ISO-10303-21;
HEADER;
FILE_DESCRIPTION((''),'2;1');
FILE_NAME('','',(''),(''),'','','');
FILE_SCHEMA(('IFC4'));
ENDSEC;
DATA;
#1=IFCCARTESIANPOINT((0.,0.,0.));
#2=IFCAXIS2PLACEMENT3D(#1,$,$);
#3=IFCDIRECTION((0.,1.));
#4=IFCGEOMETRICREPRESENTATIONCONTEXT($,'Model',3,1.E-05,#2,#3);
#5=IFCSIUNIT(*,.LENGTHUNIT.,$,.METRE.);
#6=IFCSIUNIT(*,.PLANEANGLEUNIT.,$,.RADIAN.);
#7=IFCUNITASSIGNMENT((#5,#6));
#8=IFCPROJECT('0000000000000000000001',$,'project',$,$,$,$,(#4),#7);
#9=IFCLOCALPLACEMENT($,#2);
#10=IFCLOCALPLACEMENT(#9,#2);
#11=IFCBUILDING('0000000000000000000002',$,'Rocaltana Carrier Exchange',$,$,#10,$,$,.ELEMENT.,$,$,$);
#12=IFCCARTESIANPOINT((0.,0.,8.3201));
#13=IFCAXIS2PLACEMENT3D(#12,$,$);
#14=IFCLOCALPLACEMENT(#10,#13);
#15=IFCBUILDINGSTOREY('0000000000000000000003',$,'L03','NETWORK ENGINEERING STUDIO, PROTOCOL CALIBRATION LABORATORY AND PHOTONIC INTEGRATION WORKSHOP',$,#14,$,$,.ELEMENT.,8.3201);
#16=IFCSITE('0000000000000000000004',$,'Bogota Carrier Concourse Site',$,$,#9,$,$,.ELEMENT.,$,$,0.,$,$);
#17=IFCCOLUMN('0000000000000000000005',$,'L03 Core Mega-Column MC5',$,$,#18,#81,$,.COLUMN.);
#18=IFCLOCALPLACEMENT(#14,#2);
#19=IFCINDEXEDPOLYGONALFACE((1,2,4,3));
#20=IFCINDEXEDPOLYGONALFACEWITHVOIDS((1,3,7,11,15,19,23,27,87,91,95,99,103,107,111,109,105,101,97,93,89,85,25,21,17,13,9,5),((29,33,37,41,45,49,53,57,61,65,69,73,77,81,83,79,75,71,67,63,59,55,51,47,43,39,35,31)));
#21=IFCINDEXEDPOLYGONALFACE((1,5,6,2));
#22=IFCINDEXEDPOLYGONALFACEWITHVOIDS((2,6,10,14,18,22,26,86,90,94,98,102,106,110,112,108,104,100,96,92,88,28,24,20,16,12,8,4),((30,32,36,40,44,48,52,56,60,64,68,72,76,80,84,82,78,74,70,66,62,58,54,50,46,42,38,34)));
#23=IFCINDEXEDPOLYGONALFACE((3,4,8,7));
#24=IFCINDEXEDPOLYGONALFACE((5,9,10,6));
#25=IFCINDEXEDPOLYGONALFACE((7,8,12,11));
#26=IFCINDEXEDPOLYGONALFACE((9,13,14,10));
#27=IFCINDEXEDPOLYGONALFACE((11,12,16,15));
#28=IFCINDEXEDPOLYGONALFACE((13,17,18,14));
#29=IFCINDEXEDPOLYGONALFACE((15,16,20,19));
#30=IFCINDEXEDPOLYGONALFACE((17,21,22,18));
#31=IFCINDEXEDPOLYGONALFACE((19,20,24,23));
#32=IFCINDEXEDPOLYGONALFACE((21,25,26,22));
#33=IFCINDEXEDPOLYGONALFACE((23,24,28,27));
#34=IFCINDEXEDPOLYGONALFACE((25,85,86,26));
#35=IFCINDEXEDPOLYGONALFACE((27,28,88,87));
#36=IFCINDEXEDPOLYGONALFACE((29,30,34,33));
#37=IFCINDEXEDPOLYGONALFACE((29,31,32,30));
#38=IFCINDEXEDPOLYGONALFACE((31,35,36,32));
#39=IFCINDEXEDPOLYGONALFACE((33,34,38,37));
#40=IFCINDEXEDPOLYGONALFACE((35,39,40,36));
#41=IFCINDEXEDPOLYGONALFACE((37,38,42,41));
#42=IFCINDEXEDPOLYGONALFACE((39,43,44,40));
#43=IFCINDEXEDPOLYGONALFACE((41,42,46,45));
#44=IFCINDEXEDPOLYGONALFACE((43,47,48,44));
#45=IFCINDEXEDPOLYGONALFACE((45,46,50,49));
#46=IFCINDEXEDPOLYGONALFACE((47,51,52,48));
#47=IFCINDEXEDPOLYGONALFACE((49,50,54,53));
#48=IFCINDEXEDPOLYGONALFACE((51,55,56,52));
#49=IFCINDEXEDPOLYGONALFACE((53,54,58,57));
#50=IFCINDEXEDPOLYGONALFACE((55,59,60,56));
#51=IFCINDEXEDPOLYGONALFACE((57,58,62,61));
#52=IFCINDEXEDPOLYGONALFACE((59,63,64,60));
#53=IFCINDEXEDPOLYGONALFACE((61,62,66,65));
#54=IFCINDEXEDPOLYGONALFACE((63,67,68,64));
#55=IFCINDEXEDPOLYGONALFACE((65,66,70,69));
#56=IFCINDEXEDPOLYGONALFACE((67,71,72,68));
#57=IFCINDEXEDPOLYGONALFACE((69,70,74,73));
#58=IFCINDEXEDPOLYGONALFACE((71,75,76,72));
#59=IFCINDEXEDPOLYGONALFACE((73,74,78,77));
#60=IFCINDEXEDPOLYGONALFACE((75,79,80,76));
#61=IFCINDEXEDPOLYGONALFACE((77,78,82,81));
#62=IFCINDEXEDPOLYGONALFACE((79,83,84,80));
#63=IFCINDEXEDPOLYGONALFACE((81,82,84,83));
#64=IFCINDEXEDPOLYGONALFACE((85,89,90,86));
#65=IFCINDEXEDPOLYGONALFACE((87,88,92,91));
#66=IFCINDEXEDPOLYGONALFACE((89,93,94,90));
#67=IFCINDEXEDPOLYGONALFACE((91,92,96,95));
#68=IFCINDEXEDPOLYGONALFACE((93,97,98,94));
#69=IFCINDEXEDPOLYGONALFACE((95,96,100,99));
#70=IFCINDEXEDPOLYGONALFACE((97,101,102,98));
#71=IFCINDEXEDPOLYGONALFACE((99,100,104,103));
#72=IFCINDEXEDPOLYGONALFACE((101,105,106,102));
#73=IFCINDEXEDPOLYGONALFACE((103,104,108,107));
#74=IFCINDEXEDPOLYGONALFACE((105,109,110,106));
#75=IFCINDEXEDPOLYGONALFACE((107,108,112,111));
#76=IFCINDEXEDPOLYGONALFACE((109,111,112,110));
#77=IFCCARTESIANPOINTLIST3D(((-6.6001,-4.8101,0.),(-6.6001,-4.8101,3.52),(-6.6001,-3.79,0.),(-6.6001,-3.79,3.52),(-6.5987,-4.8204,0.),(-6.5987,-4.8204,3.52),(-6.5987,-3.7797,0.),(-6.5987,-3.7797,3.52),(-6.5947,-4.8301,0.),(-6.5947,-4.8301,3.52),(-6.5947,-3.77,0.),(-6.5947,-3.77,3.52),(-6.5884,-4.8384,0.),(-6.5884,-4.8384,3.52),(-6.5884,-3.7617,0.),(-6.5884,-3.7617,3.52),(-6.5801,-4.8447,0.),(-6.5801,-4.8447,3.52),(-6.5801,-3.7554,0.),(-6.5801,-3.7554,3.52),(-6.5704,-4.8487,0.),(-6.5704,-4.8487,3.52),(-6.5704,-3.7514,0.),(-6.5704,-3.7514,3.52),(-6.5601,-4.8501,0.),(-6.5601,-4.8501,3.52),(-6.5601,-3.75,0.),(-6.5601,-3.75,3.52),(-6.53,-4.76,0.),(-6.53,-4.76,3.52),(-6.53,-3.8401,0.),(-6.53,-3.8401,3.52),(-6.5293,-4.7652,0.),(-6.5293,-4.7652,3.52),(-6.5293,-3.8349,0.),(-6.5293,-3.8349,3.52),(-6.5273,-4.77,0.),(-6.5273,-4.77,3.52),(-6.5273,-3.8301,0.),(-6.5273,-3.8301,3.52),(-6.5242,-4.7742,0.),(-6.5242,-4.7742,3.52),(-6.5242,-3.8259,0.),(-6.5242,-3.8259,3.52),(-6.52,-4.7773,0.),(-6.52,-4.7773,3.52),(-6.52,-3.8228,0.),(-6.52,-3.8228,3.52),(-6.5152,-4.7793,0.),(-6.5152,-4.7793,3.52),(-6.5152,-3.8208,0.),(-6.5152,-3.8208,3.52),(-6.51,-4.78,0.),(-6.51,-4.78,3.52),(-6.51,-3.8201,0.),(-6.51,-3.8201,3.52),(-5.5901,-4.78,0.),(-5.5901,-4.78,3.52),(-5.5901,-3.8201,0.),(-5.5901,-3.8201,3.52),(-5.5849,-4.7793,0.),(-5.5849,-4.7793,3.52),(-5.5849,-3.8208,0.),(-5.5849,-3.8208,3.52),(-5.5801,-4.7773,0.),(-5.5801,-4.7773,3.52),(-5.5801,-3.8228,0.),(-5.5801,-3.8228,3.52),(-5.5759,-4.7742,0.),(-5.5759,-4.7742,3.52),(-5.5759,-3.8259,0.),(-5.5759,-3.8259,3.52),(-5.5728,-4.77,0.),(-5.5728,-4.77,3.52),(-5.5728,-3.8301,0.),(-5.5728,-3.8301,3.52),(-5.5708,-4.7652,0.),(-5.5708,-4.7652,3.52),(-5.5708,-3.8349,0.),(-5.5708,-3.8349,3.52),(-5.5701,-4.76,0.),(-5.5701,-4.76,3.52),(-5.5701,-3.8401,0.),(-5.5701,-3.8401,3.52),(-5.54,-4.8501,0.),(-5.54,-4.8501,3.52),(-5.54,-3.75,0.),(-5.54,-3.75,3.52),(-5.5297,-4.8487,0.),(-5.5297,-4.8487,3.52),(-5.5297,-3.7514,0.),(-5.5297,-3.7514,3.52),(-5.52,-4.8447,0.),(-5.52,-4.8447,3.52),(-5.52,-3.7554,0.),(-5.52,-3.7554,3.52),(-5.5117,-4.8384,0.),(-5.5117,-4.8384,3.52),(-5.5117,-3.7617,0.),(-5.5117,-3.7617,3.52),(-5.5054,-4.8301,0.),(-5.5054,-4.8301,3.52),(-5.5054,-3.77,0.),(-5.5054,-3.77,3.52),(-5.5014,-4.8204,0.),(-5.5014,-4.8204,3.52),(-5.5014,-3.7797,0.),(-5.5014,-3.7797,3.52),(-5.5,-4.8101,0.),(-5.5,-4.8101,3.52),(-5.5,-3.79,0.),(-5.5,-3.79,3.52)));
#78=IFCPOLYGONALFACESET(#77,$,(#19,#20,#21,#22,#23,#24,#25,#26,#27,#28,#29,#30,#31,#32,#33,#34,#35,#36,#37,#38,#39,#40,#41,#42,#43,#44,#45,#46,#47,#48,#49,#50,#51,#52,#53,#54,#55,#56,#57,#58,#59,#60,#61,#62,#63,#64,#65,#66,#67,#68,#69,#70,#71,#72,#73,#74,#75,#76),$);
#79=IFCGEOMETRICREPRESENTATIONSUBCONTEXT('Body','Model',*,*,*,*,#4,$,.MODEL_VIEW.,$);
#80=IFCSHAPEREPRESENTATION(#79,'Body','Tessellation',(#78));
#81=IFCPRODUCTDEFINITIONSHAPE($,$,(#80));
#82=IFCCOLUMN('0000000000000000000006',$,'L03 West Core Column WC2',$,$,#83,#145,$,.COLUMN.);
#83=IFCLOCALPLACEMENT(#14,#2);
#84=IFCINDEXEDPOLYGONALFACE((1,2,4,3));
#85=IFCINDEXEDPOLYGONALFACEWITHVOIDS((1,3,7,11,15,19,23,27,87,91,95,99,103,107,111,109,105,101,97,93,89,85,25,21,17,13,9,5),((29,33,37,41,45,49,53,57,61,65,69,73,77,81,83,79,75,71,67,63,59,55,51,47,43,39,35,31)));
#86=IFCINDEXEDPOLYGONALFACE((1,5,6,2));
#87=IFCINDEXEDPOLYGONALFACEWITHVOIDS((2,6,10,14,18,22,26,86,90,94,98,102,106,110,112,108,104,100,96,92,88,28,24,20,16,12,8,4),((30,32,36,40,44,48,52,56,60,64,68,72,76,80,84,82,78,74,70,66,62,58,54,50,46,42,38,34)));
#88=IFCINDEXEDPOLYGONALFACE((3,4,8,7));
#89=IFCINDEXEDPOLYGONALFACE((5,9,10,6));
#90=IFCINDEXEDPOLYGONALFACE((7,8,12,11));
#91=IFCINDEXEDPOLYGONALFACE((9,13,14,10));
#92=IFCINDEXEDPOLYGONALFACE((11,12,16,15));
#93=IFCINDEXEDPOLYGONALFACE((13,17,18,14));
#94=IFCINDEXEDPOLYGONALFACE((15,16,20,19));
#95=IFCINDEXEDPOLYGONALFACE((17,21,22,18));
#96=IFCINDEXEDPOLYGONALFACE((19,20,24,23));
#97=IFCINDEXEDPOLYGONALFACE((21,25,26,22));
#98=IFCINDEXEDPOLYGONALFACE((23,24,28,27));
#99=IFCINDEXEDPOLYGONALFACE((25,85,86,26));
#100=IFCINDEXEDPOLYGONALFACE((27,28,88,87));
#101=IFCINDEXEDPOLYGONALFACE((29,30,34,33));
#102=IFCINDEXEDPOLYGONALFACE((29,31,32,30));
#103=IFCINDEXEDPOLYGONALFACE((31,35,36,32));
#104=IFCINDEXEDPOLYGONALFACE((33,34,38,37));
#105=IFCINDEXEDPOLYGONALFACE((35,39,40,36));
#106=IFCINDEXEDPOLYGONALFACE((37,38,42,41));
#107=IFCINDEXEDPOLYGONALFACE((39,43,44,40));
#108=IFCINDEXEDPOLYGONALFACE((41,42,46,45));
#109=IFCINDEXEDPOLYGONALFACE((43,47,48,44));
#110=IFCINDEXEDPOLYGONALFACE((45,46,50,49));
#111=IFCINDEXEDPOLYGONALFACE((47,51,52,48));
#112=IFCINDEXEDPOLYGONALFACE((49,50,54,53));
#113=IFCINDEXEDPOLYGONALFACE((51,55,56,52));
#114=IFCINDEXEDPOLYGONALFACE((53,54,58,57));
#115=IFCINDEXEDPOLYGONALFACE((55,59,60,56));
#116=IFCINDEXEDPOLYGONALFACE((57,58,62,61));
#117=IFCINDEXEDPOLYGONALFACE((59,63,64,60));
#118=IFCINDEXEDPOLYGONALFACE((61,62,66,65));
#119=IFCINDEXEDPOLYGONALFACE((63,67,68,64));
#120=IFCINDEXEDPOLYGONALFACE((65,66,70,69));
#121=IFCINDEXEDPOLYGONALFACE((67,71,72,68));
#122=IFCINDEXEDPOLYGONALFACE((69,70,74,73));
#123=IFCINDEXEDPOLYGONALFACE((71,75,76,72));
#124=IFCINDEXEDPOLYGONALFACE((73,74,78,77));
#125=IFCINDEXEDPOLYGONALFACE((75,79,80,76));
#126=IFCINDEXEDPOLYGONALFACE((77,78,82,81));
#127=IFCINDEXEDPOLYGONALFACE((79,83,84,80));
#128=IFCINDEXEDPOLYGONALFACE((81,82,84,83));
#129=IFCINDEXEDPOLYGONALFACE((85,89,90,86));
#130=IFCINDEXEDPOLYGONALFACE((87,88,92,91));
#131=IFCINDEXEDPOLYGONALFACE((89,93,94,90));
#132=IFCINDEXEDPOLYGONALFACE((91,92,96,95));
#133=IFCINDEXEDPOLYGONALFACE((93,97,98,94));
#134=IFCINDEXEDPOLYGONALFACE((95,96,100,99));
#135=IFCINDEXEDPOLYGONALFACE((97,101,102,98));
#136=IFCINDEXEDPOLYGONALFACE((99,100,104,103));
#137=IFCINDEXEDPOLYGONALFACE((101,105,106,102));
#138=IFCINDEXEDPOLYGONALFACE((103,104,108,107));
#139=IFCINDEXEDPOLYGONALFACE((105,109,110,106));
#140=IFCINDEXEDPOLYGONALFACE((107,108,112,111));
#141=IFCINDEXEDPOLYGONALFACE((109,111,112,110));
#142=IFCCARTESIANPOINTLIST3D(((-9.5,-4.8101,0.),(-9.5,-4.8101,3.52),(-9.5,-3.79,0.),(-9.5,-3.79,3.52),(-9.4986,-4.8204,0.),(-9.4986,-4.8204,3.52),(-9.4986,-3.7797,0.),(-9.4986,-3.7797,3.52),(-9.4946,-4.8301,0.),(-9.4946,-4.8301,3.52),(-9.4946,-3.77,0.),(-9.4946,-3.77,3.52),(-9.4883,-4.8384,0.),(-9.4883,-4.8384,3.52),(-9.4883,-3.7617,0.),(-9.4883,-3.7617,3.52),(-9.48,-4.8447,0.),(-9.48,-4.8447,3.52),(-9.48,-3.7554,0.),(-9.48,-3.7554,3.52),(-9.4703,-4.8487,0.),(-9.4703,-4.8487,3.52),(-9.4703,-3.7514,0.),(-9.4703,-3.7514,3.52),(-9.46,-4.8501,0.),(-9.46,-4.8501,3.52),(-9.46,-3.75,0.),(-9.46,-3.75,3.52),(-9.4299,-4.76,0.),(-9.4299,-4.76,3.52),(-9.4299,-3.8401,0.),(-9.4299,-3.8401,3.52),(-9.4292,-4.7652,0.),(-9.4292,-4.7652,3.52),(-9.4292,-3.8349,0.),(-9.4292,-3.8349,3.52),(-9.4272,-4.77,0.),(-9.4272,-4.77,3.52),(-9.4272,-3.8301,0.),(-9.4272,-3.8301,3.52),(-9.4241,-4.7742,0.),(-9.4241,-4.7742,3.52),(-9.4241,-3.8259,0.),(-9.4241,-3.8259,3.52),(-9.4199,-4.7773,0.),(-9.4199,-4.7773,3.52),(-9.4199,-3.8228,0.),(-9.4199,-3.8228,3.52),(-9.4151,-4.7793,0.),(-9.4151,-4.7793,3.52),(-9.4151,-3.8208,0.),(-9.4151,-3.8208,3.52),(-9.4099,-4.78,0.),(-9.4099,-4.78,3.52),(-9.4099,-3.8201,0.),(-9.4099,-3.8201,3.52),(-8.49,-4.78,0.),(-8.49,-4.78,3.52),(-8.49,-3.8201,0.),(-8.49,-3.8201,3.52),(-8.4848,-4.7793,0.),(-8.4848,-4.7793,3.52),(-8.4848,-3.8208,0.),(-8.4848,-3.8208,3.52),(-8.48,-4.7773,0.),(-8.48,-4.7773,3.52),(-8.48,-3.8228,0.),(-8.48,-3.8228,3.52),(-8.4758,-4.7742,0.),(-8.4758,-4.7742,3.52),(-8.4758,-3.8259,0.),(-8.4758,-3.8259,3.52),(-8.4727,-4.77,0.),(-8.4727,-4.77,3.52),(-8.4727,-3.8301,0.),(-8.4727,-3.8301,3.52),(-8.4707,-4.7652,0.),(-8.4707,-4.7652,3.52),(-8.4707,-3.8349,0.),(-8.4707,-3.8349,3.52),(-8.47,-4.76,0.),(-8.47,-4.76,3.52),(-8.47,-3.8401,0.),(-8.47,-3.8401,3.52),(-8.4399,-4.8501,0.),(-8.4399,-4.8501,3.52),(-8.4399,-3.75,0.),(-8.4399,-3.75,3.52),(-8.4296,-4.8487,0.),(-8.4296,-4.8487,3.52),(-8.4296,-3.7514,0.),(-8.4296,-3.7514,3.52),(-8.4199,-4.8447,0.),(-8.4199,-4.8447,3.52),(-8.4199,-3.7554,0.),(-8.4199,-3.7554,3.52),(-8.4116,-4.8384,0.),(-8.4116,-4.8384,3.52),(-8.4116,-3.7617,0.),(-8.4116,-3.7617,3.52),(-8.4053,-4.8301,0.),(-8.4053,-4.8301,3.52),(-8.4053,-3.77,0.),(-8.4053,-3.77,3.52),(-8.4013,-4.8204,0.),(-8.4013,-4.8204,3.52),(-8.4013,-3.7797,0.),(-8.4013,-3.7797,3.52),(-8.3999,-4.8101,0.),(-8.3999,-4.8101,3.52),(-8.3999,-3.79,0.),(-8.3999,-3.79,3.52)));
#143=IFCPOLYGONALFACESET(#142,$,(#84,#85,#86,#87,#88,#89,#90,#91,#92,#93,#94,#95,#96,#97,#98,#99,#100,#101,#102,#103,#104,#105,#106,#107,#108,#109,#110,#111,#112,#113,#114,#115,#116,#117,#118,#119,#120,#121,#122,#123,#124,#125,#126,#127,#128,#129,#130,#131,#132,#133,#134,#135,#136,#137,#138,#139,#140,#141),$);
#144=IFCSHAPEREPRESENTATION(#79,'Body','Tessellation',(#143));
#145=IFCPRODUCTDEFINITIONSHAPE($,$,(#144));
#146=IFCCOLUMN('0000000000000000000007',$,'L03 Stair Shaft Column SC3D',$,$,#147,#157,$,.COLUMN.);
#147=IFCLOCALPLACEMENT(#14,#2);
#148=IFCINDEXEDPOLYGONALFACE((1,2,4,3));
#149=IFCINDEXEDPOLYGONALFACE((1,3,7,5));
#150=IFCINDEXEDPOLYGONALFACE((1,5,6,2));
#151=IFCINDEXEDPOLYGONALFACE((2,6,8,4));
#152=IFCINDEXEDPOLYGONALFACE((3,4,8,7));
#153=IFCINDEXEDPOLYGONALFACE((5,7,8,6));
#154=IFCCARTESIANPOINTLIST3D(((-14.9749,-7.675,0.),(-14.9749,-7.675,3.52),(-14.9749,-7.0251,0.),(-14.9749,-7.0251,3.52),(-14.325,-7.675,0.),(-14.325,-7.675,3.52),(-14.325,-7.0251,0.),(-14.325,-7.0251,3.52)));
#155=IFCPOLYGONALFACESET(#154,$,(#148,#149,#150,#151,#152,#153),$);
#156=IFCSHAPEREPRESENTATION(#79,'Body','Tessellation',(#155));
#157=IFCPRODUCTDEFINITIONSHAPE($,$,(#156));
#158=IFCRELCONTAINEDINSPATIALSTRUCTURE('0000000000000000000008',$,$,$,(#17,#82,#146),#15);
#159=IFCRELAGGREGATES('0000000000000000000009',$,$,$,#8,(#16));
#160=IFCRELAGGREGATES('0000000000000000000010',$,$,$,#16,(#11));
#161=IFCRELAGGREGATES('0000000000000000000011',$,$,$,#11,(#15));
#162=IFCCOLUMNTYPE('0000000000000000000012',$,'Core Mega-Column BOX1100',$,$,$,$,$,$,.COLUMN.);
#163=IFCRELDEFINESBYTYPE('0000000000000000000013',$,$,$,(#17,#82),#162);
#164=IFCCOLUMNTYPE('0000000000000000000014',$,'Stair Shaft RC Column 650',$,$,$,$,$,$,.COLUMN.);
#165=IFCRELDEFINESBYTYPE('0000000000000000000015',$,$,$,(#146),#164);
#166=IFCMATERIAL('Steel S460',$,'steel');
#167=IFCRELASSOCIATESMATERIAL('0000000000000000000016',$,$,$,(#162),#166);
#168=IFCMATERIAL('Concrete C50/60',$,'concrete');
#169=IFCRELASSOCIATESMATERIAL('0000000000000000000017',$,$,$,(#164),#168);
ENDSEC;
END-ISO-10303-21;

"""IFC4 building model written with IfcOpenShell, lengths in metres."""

from ifc_helpers import new_model, si_unit, direction, frame, origin, origin_2d, place, context, subcontext, project, spatial, rectangle, hollow_rectangle, extrude, material, material_profile, profile_set, type_object, element, save


model = new_model("IFC4")

# Units and contexts
model_context = context("Model", 3, precision=1e-05, world=origin(), true_north=direction((0.0, 1.0)))
body_context = subcontext(model_context, "Body", "Model", "MODEL_VIEW")
ifc_project = project(units=[si_unit("LENGTHUNIT", "METRE"), si_unit("PLANEANGLEUNIT", "RADIAN")], contexts=[model_context])

# Site, building, storey
site_placement = place(None, origin())
site = spatial("IfcSite", under=ifc_project, at=site_placement, Name="Bogota Carrier Concourse Site", CompositionType="ELEMENT", RefElevation=0.0)
building_placement = place(site_placement, origin())
building = spatial("IfcBuilding", under=site, at=building_placement, Name="Rocaltana Carrier Exchange", CompositionType="ELEMENT")
storey_placement = place(building_placement, frame((0.0, 0.0, 8.3201)))
storey = spatial("IfcBuildingStorey", under=building, at=storey_placement, Name="L03", Description="NETWORK ENGINEERING STUDIO, PROTOCOL CALIBRATION LABORATORY AND PHOTONIC INTEGRATION WORKSHOP", CompositionType="ELEMENT", Elevation=8.3201)

# Columns
ifc_material_1 = material(Name="Steel S460", Category="steel")
ifc_material_profile_1 = material_profile(ifc_material_1, hollow_rectangle(XDim=1.1001, YDim=1.1001, WallThickness=0.0701, InnerFilletRadius=0.02, OuterFilletRadius=0.04, at=origin_2d()), Name="BOX1100X1100X70")
ifc_profile_set_1 = profile_set([ifc_material_profile_1], Name="Steel S460")
column_type_1 = type_object("IfcColumnType", Name="Core Mega-Column BOX1100", PredefinedType="COLUMN", material=ifc_profile_set_1)
for number, where, z_axis, x_axis, name in (
    (1, (-6.05, -4.3, 0.0), (0.0, 0.0, 1.0), (1.0, 0.0, 0.0), "L03 Core Mega-Column MC5"),
    (2, (-8.95, -4.3, 0.0), (0.0, 0.0, 1.0), (1.0, 0.0, 0.0), "L03 West Core Column WC2"),
):
    element("IfcColumn", number, at=place(storey_placement, frame(where, z_axis=z_axis, x_axis=x_axis)), inside=storey, type_object=column_type_1, Name=name, PredefinedType="COLUMN", context=body_context, shape_type="SweptSolid", body=[
        extrude(hollow_rectangle(XDim=1.1001, YDim=1.1001, WallThickness=0.0701, InnerFilletRadius=0.02, OuterFilletRadius=0.04, at=origin_2d()), origin(), (0.0, 0.0, 1.0), 3.52),
    ])
ifc_material_2 = material(Name="Concrete C50/60", Category="concrete")
ifc_material_profile_2 = material_profile(ifc_material_2, rectangle(XDim=0.6499, YDim=0.6499, at=origin_2d()), Name="RC-COL-650X650")
ifc_profile_set_2 = profile_set([ifc_material_profile_2], Name="Concrete C50/60")
column_type_2 = type_object("IfcColumnType", Name="Stair Shaft RC Column 650", PredefinedType="COLUMN", material=ifc_profile_set_2)
column_placement = place(storey_placement, frame((-14.6499, -7.3501, 0.0), z_axis=(0.0, 0.0, 1.0), x_axis=(1.0, 0.0, 0.0)))
element("IfcColumn", 3, at=column_placement, inside=storey, type_object=column_type_2, Name="L03 Stair Shaft Column SC3D", PredefinedType="COLUMN", context=body_context, shape_type="SweptSolid", body=[
    extrude(rectangle(XDim=0.6499, YDim=0.6499, at=origin_2d()), origin(), (0.0, 0.0, 1.0), 3.52),
])

save(model, "model.ifc")
